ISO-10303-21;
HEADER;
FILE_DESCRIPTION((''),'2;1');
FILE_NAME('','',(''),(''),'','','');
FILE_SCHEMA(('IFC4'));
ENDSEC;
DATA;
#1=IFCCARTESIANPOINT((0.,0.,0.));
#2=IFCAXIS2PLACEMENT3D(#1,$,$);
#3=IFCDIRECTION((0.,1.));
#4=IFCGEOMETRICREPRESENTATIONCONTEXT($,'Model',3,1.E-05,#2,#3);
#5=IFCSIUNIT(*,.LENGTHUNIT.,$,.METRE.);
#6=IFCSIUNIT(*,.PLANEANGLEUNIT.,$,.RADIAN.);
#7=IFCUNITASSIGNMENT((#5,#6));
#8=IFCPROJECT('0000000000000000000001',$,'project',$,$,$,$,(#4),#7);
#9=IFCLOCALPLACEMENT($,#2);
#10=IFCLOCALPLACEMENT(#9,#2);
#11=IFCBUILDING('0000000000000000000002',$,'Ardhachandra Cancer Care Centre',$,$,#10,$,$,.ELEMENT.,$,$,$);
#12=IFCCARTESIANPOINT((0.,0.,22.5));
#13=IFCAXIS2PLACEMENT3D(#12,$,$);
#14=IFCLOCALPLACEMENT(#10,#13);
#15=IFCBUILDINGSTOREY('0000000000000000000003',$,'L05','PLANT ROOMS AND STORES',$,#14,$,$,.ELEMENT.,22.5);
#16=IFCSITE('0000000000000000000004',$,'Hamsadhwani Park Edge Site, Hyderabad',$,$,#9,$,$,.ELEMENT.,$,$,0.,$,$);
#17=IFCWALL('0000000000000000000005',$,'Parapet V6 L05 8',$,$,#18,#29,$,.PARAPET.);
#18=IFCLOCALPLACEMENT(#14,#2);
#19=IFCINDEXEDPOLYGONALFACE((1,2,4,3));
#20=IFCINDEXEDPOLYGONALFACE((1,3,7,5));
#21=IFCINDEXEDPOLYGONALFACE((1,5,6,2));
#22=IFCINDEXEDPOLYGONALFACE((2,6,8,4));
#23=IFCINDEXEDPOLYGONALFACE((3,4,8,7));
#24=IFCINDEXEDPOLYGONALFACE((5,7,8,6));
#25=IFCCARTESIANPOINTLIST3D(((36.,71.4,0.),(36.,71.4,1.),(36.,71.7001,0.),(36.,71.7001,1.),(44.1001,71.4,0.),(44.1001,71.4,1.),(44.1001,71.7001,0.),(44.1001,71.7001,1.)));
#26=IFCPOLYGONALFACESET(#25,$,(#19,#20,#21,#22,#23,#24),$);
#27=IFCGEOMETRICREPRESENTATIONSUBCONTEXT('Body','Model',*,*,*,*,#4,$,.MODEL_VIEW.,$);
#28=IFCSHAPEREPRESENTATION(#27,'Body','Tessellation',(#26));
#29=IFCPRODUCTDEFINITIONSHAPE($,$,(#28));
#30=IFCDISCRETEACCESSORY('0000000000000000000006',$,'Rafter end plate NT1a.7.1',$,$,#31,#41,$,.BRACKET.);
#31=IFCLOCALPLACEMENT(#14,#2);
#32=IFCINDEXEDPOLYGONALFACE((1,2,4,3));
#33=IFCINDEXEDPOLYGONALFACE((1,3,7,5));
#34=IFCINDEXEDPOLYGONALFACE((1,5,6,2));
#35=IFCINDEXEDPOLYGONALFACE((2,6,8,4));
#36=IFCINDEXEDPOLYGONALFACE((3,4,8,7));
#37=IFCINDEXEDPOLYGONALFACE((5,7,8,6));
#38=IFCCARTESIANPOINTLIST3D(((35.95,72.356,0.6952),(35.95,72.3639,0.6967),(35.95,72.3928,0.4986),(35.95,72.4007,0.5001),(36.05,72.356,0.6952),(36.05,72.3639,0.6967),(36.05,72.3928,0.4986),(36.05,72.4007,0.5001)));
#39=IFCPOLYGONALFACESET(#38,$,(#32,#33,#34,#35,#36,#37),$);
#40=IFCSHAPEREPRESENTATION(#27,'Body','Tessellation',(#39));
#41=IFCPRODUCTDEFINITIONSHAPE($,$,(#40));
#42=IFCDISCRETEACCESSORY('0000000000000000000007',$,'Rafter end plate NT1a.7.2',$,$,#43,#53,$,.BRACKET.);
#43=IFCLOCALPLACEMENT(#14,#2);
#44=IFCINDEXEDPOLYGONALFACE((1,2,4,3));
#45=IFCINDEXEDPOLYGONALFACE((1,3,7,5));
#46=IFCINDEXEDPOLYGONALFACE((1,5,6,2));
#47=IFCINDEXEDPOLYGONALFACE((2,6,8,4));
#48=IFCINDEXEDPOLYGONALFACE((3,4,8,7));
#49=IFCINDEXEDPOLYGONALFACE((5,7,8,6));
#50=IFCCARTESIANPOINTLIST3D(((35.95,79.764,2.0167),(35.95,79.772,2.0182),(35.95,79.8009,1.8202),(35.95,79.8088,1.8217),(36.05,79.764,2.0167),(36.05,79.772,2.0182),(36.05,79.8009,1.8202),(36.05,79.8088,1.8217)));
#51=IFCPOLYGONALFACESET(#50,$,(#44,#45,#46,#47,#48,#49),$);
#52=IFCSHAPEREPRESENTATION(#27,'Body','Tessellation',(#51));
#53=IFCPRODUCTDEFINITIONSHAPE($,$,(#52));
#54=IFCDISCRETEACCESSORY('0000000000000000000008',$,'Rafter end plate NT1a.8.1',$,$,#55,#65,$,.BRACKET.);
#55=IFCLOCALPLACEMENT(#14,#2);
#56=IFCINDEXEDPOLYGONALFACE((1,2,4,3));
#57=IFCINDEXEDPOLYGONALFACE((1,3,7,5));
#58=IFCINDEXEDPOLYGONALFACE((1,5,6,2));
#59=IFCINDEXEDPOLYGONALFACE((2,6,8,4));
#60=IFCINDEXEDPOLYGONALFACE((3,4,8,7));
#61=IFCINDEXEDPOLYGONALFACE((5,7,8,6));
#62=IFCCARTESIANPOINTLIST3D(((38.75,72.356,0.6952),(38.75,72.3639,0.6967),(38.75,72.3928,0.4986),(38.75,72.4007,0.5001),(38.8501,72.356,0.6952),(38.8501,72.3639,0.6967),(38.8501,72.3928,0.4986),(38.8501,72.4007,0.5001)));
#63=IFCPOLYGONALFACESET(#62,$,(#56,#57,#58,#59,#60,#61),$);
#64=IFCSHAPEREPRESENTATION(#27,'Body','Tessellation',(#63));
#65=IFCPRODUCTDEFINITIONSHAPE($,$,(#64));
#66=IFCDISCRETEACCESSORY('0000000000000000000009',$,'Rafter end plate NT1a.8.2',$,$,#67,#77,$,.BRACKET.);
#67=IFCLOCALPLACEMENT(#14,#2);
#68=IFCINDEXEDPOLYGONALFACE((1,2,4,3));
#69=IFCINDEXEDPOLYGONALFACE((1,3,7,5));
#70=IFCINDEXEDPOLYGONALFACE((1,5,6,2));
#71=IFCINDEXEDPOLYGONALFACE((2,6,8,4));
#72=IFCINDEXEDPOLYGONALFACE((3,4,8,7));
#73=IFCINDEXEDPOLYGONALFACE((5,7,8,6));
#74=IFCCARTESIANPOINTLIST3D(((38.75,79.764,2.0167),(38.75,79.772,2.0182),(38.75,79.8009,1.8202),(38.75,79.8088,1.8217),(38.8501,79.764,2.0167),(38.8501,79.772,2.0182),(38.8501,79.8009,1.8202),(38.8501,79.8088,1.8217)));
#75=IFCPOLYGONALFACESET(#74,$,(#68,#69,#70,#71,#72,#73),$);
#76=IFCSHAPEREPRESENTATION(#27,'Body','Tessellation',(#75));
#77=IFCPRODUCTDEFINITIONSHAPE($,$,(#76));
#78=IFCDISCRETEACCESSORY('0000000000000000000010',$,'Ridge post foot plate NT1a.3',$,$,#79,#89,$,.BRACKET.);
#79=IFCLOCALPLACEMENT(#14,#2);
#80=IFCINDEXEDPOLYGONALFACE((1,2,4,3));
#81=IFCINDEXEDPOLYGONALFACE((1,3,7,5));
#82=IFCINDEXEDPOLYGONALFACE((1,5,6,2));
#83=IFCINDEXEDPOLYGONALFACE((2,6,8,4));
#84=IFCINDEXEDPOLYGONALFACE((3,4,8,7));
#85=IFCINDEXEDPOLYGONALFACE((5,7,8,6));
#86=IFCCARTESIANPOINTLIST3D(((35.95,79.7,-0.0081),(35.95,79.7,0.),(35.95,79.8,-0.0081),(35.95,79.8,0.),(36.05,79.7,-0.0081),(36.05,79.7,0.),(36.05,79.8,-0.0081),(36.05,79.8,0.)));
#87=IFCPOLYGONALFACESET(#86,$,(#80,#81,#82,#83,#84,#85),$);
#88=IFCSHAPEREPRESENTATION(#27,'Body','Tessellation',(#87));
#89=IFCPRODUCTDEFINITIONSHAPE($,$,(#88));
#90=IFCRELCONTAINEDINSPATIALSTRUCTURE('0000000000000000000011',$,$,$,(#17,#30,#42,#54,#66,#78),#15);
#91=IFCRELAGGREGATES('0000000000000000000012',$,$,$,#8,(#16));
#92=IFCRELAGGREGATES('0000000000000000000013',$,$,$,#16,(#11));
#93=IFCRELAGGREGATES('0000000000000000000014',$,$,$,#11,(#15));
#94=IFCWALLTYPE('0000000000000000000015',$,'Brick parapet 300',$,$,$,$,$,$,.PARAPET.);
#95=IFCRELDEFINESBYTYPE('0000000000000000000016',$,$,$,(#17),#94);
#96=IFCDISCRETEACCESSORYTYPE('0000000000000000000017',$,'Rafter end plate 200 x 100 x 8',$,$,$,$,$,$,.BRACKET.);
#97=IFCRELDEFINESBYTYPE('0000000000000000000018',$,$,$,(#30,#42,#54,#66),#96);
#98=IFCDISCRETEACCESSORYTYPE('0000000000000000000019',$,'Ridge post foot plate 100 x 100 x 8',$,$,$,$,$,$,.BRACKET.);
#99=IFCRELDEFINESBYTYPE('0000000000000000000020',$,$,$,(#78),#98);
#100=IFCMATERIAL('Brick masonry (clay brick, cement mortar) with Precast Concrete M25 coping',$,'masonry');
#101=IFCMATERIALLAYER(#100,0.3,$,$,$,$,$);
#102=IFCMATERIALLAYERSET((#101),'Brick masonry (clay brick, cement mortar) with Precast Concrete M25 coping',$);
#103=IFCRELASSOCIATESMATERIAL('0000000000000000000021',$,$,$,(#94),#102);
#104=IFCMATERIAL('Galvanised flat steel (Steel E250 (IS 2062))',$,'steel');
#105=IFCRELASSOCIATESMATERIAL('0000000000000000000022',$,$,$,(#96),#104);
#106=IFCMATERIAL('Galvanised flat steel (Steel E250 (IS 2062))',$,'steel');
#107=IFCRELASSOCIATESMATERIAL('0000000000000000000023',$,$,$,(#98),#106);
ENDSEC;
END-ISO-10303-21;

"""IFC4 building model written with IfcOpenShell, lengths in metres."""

from ifc_helpers import new_model, si_unit, direction, frame, frame_2d, origin, origin_2d, place, context, subcontext, project, spatial, rectangle, extrude, material, layer, layer_set, material_profile, profile_set, type_object, element, save


model = new_model("IFC4")

# Units and contexts
model_context = context("Model", 3, precision=1e-05, world=origin(), true_north=direction((0.0, 1.0)))
body_context = subcontext(model_context, "Body", "Model", "MODEL_VIEW")
ifc_project = project(units=[si_unit("LENGTHUNIT", "METRE"), si_unit("PLANEANGLEUNIT", "RADIAN")], contexts=[model_context])

# Site, building, storey
site_placement = place(None, origin())
site = spatial("IfcSite", under=ifc_project, at=site_placement, Name="Hamsadhwani Park Edge Site, Hyderabad", CompositionType="ELEMENT", RefElevation=0.0)
building_placement = place(site_placement, origin())
building = spatial("IfcBuilding", under=site, at=building_placement, Name="Ardhachandra Cancer Care Centre", CompositionType="ELEMENT")
storey_placement = place(building_placement, frame((0.0, 0.0, 22.5)))
storey = spatial("IfcBuildingStorey", under=building, at=storey_placement, Name="L05", Description="PLANT ROOMS AND STORES", CompositionType="ELEMENT", Elevation=22.5)

# Wall
ifc_material_1 = material(Name="Brick masonry (clay brick, cement mortar) with Precast Concrete M25 coping", Category="masonry")
ifc_layer_1 = layer(ifc_material_1, 0.3)
ifc_layer_set_1 = layer_set([ifc_layer_1], Name="Brick masonry (clay brick, cement mortar) with Precast Concrete M25 coping")
wall_type = type_object("IfcWallType", Name="Brick parapet 300", PredefinedType="PARAPET", material=ifc_layer_set_1)
wall_placement = place(storey_placement, frame((36.0, 71.55, 0.0), z_axis=(0.0, 0.0, 1.0), x_axis=(1.0, 0.0, 0.0)))
element("IfcWall", 1, at=wall_placement, inside=storey, type_object=wall_type, Name="Parapet V6 L05 8", PredefinedType="PARAPET", context=body_context, shape_type="SweptSolid", body=[
    extrude(rectangle(XDim=8.1001, YDim=0.3, at=frame_2d((4.05, 0.0))), origin(), (0.0, 0.0, 1.0), 1.0),
])

# Discrete accessories
ifc_material_2 = material(Name="Galvanised flat steel (Steel E250 (IS 2062))", Category="steel")
ifc_material_profile_1 = material_profile(ifc_material_2, rectangle(XDim=0.1001, YDim=0.2, at=origin_2d()), Name="Rafter end plate 200 x 100 x 8")
ifc_profile_set_1 = profile_set([ifc_material_profile_1], Name="Galvanised flat steel (Steel E250 (IS 2062))")
discrete_accessory_type_1 = type_object("IfcDiscreteAccessoryType", Name="Rafter end plate 200 x 100 x 8", PredefinedType="BRACKET", material=ifc_profile_set_1)
for number, where, z_axis, x_axis, name in (
    (2, (36.0, 72.3823, 0.5984), (0.0, -0.982872, -0.184289), (1.0, 0.0, 0.0), "Rafter end plate NT1a.7.1"),
    (3, (36.0, 79.7825, 1.9185), (0.0, 0.982872, 0.184289), (-1.0, 0.0, 0.0), "Rafter end plate NT1a.7.2"),
    (4, (38.8, 72.3823, 0.5984), (0.0, -0.982872, -0.184289), (1.0, 0.0, 0.0), "Rafter end plate NT1a.8.1"),
    (5, (38.8, 79.7825, 1.9185), (0.0, 0.982872, 0.184289), (-1.0, 0.0, 0.0), "Rafter end plate NT1a.8.2"),
):
    element("IfcDiscreteAccessory", number, at=place(storey_placement, frame(where, z_axis=z_axis, x_axis=x_axis)), inside=storey, type_object=discrete_accessory_type_1, Name=name, PredefinedType="BRACKET", context=body_context, shape_type="SweptSolid", body=[
        extrude(rectangle(XDim=0.1001, YDim=0.2, at=origin_2d()), origin(), (0.0, 0.0, 1.0), 0.0081),
    ])
ifc_material_3 = material(Name="Galvanised flat steel (Steel E250 (IS 2062))", Category="steel")
ifc_material_profile_2 = material_profile(ifc_material_3, rectangle(XDim=0.1001, YDim=0.1001, at=origin_2d()), Name="Ridge post foot plate 100 x 100 x 8")
ifc_profile_set_2 = profile_set([ifc_material_profile_2], Name="Galvanised flat steel (Steel E250 (IS 2062))")
discrete_accessory_type_2 = type_object("IfcDiscreteAccessoryType", Name="Ridge post foot plate 100 x 100 x 8", PredefinedType="BRACKET", material=ifc_profile_set_2)
discrete_accessory_placement = place(storey_placement, frame((36.0, 79.75, 0.0), z_axis=(0.0, 0.0, -1.0), x_axis=(1.0, 0.0, 0.0)))
element("IfcDiscreteAccessory", 6, at=discrete_accessory_placement, inside=storey, type_object=discrete_accessory_type_2, Name="Ridge post foot plate NT1a.3", PredefinedType="BRACKET", context=body_context, shape_type="SweptSolid", body=[
    extrude(rectangle(XDim=0.1001, YDim=0.1001, at=origin_2d()), origin(), (0.0, 0.0, 1.0), 0.0081),
])

save(model, "model.ifc")
